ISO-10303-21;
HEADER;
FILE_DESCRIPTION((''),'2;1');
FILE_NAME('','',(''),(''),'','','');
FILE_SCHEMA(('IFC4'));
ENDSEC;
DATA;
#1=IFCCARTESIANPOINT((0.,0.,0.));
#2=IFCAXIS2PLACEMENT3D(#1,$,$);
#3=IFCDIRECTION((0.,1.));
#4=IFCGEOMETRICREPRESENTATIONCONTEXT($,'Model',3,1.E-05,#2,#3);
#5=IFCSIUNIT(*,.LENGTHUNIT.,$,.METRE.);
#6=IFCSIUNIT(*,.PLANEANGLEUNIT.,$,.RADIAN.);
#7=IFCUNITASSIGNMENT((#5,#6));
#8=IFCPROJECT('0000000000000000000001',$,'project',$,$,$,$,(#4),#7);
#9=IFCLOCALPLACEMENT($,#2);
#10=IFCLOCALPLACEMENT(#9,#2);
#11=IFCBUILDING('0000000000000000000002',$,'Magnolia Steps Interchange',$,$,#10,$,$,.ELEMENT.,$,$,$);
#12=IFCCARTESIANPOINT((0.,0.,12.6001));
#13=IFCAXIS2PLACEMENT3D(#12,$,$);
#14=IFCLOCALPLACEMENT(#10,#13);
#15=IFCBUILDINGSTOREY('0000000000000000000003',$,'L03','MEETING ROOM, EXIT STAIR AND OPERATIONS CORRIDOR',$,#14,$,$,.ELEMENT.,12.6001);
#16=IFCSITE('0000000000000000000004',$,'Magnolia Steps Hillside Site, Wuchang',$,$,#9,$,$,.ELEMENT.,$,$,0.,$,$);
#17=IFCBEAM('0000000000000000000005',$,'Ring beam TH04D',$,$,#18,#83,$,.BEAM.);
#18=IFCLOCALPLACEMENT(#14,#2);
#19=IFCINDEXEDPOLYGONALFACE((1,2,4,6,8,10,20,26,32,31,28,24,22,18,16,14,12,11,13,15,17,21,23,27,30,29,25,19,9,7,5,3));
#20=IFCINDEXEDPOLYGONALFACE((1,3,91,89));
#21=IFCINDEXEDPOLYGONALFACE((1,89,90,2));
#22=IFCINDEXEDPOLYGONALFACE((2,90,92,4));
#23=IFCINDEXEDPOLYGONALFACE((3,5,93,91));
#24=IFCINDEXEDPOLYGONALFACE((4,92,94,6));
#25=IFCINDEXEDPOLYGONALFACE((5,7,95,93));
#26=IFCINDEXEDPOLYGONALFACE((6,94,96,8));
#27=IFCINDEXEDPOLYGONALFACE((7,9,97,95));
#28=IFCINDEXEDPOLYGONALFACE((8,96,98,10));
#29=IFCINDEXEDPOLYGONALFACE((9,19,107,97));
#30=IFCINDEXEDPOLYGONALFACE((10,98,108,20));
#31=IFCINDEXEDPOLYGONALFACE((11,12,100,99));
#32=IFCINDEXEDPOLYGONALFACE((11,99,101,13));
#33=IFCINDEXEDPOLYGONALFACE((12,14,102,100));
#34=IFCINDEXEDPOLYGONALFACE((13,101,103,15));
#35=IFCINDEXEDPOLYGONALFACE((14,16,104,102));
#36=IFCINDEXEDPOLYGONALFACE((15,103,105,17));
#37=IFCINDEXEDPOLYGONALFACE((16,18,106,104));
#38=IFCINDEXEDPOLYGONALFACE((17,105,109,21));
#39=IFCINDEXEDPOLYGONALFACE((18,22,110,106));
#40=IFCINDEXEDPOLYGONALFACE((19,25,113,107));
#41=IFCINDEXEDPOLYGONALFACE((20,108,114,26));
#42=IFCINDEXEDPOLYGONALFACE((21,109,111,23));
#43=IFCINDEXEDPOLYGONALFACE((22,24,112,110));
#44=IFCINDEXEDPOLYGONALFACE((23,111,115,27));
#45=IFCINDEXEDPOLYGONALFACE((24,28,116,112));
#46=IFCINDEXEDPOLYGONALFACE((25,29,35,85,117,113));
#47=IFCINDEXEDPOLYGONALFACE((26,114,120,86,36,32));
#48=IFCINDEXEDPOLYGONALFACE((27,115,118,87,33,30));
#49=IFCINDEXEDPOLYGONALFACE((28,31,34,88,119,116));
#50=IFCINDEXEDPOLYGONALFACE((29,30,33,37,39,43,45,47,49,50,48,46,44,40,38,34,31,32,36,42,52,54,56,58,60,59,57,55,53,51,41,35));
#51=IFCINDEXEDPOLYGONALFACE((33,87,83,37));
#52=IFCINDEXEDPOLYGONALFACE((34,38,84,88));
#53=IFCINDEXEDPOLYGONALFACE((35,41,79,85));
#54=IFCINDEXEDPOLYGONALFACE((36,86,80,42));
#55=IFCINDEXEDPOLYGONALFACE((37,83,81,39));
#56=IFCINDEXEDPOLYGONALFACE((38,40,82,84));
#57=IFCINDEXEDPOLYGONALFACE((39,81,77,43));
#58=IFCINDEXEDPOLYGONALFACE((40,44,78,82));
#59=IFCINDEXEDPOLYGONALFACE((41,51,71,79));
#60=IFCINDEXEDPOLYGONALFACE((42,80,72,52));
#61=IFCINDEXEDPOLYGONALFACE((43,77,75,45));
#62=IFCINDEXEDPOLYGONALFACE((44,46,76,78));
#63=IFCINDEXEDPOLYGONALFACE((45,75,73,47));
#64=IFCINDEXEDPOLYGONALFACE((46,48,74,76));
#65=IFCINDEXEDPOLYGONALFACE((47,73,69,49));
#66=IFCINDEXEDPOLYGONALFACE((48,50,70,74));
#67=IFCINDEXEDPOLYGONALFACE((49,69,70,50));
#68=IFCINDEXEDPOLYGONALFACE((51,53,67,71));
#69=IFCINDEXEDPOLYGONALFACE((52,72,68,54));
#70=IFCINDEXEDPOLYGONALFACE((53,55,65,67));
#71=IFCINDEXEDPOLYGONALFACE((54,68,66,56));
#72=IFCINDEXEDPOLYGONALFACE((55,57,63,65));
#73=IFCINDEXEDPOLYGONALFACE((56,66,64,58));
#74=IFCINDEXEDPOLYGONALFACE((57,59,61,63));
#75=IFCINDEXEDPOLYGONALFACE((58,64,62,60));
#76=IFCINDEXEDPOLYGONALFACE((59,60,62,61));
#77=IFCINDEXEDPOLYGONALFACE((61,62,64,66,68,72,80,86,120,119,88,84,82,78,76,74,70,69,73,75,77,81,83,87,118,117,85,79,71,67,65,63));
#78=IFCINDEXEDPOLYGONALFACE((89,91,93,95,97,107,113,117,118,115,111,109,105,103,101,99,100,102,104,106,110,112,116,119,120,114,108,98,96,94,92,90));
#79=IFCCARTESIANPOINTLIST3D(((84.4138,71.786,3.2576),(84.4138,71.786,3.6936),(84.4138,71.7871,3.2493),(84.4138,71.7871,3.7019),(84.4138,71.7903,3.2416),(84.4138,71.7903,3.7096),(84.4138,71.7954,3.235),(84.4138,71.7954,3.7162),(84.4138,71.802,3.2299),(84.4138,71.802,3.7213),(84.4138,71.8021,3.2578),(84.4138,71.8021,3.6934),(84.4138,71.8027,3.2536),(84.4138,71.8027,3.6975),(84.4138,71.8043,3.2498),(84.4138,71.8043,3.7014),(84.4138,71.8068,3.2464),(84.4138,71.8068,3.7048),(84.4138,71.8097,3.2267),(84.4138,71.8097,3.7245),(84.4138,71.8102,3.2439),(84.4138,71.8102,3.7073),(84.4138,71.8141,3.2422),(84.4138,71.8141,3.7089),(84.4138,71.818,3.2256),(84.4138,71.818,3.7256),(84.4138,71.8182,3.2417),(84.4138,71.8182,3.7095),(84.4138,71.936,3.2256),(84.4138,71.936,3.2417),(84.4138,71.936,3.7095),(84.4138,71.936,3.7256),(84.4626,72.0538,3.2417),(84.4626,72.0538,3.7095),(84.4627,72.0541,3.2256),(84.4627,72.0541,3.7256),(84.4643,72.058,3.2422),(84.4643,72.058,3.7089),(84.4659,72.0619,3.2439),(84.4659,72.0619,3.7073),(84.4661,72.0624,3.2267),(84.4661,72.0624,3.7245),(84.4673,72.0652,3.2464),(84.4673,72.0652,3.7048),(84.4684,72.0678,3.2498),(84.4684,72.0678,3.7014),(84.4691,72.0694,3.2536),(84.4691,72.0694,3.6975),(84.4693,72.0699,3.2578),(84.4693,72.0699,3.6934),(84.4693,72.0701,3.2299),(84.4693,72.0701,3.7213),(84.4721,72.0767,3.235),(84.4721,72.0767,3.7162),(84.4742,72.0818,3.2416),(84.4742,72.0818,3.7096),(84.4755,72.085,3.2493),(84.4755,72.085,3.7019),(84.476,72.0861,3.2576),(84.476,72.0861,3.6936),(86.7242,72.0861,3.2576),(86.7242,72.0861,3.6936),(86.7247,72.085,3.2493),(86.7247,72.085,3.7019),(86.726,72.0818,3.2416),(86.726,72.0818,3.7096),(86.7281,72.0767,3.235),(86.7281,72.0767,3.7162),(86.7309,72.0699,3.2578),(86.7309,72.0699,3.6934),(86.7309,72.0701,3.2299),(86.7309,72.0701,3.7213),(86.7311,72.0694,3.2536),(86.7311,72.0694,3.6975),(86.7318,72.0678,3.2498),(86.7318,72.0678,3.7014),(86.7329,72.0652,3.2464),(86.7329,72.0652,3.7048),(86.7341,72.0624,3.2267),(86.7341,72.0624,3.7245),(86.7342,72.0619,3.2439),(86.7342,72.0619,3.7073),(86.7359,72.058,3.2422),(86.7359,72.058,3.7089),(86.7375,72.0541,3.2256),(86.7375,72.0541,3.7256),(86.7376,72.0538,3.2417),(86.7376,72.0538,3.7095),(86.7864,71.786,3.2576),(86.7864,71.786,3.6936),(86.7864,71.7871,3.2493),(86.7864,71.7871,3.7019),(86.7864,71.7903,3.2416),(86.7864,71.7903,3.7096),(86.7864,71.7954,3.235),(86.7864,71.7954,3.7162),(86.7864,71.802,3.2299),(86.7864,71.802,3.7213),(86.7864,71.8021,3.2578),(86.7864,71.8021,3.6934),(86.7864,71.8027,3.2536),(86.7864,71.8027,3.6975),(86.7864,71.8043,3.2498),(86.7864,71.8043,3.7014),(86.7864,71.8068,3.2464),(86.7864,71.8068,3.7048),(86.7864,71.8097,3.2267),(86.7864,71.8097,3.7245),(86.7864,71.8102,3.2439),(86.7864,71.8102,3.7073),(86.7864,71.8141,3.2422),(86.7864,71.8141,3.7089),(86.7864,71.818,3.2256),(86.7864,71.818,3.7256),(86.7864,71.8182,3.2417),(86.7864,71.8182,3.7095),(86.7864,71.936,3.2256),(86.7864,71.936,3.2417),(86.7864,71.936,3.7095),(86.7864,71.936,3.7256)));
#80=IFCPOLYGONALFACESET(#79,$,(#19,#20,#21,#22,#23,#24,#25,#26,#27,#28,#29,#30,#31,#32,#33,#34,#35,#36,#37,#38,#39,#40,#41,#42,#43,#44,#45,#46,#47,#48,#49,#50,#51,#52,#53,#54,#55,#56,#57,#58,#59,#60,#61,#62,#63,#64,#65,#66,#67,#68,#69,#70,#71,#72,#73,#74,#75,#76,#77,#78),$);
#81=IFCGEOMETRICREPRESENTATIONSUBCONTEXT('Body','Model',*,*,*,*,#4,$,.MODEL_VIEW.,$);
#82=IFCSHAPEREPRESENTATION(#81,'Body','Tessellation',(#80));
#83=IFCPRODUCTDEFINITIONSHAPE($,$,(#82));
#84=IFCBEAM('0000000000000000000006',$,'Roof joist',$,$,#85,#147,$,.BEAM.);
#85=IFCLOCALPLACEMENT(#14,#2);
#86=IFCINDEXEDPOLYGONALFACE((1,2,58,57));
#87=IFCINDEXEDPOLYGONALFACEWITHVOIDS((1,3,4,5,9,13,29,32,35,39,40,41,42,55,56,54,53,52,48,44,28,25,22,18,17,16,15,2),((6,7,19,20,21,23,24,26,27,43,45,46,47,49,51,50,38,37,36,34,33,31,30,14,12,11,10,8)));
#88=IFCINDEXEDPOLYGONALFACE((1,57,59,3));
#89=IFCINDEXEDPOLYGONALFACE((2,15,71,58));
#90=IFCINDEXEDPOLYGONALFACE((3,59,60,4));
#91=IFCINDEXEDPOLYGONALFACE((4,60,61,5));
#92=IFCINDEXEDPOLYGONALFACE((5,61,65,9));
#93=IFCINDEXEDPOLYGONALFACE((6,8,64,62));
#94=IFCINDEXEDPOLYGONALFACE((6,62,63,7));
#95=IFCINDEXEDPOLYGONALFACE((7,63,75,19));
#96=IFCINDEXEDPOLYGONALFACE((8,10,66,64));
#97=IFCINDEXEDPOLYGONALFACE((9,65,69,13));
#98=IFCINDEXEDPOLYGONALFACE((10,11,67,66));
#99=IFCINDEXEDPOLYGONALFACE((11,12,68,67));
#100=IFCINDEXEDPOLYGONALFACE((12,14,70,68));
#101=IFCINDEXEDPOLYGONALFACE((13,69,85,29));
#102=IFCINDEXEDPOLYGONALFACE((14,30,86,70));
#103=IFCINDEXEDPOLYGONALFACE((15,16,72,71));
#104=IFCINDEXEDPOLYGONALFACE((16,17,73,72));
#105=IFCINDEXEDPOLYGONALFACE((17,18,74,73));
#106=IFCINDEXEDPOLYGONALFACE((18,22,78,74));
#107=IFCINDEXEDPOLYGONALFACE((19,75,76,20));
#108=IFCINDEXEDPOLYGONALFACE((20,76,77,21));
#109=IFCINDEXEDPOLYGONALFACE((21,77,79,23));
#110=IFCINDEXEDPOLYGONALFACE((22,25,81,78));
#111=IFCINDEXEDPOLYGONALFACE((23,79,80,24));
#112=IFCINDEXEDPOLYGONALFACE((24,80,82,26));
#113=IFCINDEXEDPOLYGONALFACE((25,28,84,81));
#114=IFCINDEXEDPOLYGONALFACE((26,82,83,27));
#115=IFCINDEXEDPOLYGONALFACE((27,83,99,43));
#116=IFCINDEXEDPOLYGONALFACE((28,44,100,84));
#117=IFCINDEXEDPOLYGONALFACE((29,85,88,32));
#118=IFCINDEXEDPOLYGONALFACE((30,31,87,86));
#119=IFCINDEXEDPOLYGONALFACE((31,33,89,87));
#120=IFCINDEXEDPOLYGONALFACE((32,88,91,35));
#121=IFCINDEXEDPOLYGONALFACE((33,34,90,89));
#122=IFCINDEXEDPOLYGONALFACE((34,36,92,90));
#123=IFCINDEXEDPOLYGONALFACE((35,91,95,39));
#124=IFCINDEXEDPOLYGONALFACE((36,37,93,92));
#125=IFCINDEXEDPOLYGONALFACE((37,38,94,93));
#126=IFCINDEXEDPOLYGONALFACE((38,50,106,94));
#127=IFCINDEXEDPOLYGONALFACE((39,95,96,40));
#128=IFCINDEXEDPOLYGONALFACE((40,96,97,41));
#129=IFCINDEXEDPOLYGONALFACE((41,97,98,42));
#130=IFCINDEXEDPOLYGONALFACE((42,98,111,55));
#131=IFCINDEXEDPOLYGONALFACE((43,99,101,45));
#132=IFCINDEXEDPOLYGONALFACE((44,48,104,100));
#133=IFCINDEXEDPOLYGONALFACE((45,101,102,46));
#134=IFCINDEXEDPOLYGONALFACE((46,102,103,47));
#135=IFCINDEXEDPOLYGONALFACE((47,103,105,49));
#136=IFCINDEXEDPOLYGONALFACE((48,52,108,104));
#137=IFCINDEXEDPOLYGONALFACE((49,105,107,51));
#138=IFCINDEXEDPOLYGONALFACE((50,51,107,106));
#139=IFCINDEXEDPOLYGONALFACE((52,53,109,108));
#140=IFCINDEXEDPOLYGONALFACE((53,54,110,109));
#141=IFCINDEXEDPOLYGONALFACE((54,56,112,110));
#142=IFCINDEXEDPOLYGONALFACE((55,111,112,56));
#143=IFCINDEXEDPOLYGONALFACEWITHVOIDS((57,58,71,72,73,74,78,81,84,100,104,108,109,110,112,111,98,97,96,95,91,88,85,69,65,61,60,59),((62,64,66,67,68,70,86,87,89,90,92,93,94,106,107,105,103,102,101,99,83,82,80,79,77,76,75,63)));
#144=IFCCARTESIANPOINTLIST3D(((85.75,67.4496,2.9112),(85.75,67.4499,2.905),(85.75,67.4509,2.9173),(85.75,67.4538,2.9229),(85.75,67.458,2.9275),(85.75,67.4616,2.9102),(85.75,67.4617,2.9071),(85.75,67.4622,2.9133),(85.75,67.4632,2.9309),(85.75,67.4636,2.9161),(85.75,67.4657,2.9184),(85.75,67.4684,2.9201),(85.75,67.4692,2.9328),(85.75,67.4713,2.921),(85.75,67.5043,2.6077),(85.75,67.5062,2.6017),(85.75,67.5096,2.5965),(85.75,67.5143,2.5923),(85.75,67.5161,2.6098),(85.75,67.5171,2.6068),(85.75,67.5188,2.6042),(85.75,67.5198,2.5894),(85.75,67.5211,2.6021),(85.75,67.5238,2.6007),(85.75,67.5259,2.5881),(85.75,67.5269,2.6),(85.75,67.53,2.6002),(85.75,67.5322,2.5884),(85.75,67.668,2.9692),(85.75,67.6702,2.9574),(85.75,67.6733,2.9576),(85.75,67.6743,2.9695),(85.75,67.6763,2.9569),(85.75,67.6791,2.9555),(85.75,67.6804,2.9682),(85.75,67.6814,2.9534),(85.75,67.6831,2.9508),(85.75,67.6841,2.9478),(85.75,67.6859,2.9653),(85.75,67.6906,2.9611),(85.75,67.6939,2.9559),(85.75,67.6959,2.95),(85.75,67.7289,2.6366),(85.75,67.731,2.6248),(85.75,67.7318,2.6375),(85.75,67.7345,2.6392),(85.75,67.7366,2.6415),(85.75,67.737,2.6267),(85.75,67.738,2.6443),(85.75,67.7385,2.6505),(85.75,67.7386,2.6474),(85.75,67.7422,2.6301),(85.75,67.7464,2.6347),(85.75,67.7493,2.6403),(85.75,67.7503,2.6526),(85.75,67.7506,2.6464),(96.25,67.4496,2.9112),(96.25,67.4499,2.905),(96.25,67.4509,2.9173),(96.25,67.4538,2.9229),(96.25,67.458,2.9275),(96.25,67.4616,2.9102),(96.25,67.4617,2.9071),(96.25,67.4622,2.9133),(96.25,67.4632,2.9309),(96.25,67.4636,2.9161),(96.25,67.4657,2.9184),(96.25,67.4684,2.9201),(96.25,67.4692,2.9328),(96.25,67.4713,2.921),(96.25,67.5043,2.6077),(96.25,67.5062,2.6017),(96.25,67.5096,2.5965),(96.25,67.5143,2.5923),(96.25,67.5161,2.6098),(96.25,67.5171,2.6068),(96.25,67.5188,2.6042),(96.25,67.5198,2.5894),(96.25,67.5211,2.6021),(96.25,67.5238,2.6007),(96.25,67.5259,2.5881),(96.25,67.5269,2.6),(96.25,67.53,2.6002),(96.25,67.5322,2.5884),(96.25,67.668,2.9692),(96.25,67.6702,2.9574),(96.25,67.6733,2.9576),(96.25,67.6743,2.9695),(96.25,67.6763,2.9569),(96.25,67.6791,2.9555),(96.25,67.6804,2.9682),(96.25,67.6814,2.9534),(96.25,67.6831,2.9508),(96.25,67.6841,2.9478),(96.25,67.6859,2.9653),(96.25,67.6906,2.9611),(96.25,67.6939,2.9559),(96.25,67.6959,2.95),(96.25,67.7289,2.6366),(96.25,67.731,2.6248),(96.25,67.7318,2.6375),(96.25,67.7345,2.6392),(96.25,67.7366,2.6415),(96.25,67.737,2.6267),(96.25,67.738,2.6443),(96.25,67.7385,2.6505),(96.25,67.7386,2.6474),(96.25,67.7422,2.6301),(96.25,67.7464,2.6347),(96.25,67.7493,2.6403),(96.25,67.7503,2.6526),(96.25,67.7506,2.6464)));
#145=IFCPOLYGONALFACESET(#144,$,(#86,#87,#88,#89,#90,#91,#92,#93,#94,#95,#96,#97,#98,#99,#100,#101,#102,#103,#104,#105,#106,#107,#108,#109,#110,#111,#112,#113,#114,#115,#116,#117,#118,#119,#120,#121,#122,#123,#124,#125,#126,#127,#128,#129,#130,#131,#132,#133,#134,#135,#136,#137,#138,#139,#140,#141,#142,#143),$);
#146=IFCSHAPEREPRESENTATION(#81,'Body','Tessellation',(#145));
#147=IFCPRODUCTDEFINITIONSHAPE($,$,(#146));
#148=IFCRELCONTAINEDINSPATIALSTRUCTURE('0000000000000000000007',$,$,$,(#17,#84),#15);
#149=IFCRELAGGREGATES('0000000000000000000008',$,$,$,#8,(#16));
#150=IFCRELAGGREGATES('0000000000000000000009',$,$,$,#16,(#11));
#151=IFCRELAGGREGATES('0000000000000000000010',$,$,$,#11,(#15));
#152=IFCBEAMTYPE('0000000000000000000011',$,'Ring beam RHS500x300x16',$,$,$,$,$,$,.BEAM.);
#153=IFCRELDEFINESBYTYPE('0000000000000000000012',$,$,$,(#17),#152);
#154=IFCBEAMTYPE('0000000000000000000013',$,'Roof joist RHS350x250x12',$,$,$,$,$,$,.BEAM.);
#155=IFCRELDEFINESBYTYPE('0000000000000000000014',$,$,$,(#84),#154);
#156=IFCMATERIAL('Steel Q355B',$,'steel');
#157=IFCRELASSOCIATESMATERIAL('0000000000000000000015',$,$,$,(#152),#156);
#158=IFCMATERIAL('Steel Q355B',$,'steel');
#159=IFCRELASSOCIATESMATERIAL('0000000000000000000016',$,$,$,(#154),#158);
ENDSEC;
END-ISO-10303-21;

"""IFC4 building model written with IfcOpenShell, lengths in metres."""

from ifc_helpers import new_model, si_unit, direction, frame, origin, origin_2d, place, context, subcontext, project, spatial, hollow_rectangle, extrude, clip, halfspace, material, material_profile, profile_set, type_object, element, save


model = new_model("IFC4")

# Units and contexts
model_context = context("Model", 3, precision=1e-05, world=origin(), true_north=direction((0.0, 1.0)))
body_context = subcontext(model_context, "Body", "Model", "MODEL_VIEW")
ifc_project = project(units=[si_unit("LENGTHUNIT", "METRE"), si_unit("PLANEANGLEUNIT", "RADIAN")], contexts=[model_context])

# Site, building, storey
site_placement = place(None, origin())
site = spatial("IfcSite", under=ifc_project, at=site_placement, Name="Magnolia Steps Hillside Site, Wuchang", CompositionType="ELEMENT", RefElevation=0.0)
building_placement = place(site_placement, origin())
building = spatial("IfcBuilding", under=site, at=building_placement, Name="Magnolia Steps Interchange", CompositionType="ELEMENT")
storey_placement = place(building_placement, frame((0.0, 0.0, 12.6001)))
storey = spatial("IfcBuildingStorey", under=building, at=storey_placement, Name="L03", Description="MEETING ROOM, EXIT STAIR AND OPERATIONS CORRIDOR", CompositionType="ELEMENT", Elevation=12.6001)

# Beams
ifc_material_1 = material(Name="Steel Q355B", Category="steel")
ifc_material_profile_1 = material_profile(ifc_material_1, hollow_rectangle(XDim=0.3, YDim=0.5, WallThickness=0.0161, InnerFilletRadius=0.0161, OuterFilletRadius=0.032, at=origin_2d()), Name="RHS500x300x16")
ifc_profile_set_1 = profile_set([ifc_material_profile_1], Name="Steel Q355B")
beam_type_1 = type_object("IfcBeamType", Name="Ring beam RHS500x300x16", PredefinedType="BEAM", material=ifc_profile_set_1)
beam_1_placement = place(storey_placement, frame((84.4138, 71.936, 3.4756), z_axis=(1.0, 0.0, 0.0), x_axis=(0.0, 1.0, 0.0)))
element("IfcBeam", 1, at=beam_1_placement, inside=storey, type_object=beam_type_1, Name="Ring beam TH04D", PredefinedType="BEAM", context=body_context, shape_type="Clipping", body=[
    clip(clip(extrude(hollow_rectangle(XDim=0.3, YDim=0.5, WallThickness=0.0161, InnerFilletRadius=0.0161, OuterFilletRadius=0.032, at=origin_2d()), origin(), (0.0, 0.0, 1.0), 2.3726), halfspace(frame((0.0, 0.0, 0.0), z_axis=(0.382683, 0.0, -0.92388), x_axis=(0.92388, 0.0, 0.382683)), False)), halfspace(frame((0.0, 0.0, 2.3726), z_axis=(0.382683, 0.0, 0.92388), x_axis=(0.92388, 0.0, -0.382683)), False)),
])
ifc_material_2 = material(Name="Steel Q355B", Category="steel")
ifc_material_profile_2 = material_profile(ifc_material_2, hollow_rectangle(XDim=0.25, YDim=0.3501, WallThickness=0.012, InnerFilletRadius=0.012, OuterFilletRadius=0.0239, at=origin_2d()), Name="RHS350x250x12")
ifc_profile_set_2 = profile_set([ifc_material_profile_2], Name="Steel Q355B")
beam_type_2 = type_object("IfcBeamType", Name="Roof joist RHS350x250x12", PredefinedType="BEAM", material=ifc_profile_set_2)
for number, where, z_axis, x_axis, name in (
    (2, (85.75, 67.6001, 2.7788), (1.0, 0.0, 0.0), (0.0, 0.983677, 0.179941), "Roof joist"),
):
    element("IfcBeam", number, at=place(storey_placement, frame(where, z_axis=z_axis, x_axis=x_axis)), inside=storey, type_object=beam_type_2, Name=name, PredefinedType="BEAM", context=body_context, shape_type="SweptSolid", body=[
        extrude(hollow_rectangle(XDim=0.25, YDim=0.3501, WallThickness=0.012, InnerFilletRadius=0.012, OuterFilletRadius=0.0239, at=origin_2d()), origin(), (0.0, 0.0, 1.0), 10.5),
    ])

save(model, "model.ifc")
